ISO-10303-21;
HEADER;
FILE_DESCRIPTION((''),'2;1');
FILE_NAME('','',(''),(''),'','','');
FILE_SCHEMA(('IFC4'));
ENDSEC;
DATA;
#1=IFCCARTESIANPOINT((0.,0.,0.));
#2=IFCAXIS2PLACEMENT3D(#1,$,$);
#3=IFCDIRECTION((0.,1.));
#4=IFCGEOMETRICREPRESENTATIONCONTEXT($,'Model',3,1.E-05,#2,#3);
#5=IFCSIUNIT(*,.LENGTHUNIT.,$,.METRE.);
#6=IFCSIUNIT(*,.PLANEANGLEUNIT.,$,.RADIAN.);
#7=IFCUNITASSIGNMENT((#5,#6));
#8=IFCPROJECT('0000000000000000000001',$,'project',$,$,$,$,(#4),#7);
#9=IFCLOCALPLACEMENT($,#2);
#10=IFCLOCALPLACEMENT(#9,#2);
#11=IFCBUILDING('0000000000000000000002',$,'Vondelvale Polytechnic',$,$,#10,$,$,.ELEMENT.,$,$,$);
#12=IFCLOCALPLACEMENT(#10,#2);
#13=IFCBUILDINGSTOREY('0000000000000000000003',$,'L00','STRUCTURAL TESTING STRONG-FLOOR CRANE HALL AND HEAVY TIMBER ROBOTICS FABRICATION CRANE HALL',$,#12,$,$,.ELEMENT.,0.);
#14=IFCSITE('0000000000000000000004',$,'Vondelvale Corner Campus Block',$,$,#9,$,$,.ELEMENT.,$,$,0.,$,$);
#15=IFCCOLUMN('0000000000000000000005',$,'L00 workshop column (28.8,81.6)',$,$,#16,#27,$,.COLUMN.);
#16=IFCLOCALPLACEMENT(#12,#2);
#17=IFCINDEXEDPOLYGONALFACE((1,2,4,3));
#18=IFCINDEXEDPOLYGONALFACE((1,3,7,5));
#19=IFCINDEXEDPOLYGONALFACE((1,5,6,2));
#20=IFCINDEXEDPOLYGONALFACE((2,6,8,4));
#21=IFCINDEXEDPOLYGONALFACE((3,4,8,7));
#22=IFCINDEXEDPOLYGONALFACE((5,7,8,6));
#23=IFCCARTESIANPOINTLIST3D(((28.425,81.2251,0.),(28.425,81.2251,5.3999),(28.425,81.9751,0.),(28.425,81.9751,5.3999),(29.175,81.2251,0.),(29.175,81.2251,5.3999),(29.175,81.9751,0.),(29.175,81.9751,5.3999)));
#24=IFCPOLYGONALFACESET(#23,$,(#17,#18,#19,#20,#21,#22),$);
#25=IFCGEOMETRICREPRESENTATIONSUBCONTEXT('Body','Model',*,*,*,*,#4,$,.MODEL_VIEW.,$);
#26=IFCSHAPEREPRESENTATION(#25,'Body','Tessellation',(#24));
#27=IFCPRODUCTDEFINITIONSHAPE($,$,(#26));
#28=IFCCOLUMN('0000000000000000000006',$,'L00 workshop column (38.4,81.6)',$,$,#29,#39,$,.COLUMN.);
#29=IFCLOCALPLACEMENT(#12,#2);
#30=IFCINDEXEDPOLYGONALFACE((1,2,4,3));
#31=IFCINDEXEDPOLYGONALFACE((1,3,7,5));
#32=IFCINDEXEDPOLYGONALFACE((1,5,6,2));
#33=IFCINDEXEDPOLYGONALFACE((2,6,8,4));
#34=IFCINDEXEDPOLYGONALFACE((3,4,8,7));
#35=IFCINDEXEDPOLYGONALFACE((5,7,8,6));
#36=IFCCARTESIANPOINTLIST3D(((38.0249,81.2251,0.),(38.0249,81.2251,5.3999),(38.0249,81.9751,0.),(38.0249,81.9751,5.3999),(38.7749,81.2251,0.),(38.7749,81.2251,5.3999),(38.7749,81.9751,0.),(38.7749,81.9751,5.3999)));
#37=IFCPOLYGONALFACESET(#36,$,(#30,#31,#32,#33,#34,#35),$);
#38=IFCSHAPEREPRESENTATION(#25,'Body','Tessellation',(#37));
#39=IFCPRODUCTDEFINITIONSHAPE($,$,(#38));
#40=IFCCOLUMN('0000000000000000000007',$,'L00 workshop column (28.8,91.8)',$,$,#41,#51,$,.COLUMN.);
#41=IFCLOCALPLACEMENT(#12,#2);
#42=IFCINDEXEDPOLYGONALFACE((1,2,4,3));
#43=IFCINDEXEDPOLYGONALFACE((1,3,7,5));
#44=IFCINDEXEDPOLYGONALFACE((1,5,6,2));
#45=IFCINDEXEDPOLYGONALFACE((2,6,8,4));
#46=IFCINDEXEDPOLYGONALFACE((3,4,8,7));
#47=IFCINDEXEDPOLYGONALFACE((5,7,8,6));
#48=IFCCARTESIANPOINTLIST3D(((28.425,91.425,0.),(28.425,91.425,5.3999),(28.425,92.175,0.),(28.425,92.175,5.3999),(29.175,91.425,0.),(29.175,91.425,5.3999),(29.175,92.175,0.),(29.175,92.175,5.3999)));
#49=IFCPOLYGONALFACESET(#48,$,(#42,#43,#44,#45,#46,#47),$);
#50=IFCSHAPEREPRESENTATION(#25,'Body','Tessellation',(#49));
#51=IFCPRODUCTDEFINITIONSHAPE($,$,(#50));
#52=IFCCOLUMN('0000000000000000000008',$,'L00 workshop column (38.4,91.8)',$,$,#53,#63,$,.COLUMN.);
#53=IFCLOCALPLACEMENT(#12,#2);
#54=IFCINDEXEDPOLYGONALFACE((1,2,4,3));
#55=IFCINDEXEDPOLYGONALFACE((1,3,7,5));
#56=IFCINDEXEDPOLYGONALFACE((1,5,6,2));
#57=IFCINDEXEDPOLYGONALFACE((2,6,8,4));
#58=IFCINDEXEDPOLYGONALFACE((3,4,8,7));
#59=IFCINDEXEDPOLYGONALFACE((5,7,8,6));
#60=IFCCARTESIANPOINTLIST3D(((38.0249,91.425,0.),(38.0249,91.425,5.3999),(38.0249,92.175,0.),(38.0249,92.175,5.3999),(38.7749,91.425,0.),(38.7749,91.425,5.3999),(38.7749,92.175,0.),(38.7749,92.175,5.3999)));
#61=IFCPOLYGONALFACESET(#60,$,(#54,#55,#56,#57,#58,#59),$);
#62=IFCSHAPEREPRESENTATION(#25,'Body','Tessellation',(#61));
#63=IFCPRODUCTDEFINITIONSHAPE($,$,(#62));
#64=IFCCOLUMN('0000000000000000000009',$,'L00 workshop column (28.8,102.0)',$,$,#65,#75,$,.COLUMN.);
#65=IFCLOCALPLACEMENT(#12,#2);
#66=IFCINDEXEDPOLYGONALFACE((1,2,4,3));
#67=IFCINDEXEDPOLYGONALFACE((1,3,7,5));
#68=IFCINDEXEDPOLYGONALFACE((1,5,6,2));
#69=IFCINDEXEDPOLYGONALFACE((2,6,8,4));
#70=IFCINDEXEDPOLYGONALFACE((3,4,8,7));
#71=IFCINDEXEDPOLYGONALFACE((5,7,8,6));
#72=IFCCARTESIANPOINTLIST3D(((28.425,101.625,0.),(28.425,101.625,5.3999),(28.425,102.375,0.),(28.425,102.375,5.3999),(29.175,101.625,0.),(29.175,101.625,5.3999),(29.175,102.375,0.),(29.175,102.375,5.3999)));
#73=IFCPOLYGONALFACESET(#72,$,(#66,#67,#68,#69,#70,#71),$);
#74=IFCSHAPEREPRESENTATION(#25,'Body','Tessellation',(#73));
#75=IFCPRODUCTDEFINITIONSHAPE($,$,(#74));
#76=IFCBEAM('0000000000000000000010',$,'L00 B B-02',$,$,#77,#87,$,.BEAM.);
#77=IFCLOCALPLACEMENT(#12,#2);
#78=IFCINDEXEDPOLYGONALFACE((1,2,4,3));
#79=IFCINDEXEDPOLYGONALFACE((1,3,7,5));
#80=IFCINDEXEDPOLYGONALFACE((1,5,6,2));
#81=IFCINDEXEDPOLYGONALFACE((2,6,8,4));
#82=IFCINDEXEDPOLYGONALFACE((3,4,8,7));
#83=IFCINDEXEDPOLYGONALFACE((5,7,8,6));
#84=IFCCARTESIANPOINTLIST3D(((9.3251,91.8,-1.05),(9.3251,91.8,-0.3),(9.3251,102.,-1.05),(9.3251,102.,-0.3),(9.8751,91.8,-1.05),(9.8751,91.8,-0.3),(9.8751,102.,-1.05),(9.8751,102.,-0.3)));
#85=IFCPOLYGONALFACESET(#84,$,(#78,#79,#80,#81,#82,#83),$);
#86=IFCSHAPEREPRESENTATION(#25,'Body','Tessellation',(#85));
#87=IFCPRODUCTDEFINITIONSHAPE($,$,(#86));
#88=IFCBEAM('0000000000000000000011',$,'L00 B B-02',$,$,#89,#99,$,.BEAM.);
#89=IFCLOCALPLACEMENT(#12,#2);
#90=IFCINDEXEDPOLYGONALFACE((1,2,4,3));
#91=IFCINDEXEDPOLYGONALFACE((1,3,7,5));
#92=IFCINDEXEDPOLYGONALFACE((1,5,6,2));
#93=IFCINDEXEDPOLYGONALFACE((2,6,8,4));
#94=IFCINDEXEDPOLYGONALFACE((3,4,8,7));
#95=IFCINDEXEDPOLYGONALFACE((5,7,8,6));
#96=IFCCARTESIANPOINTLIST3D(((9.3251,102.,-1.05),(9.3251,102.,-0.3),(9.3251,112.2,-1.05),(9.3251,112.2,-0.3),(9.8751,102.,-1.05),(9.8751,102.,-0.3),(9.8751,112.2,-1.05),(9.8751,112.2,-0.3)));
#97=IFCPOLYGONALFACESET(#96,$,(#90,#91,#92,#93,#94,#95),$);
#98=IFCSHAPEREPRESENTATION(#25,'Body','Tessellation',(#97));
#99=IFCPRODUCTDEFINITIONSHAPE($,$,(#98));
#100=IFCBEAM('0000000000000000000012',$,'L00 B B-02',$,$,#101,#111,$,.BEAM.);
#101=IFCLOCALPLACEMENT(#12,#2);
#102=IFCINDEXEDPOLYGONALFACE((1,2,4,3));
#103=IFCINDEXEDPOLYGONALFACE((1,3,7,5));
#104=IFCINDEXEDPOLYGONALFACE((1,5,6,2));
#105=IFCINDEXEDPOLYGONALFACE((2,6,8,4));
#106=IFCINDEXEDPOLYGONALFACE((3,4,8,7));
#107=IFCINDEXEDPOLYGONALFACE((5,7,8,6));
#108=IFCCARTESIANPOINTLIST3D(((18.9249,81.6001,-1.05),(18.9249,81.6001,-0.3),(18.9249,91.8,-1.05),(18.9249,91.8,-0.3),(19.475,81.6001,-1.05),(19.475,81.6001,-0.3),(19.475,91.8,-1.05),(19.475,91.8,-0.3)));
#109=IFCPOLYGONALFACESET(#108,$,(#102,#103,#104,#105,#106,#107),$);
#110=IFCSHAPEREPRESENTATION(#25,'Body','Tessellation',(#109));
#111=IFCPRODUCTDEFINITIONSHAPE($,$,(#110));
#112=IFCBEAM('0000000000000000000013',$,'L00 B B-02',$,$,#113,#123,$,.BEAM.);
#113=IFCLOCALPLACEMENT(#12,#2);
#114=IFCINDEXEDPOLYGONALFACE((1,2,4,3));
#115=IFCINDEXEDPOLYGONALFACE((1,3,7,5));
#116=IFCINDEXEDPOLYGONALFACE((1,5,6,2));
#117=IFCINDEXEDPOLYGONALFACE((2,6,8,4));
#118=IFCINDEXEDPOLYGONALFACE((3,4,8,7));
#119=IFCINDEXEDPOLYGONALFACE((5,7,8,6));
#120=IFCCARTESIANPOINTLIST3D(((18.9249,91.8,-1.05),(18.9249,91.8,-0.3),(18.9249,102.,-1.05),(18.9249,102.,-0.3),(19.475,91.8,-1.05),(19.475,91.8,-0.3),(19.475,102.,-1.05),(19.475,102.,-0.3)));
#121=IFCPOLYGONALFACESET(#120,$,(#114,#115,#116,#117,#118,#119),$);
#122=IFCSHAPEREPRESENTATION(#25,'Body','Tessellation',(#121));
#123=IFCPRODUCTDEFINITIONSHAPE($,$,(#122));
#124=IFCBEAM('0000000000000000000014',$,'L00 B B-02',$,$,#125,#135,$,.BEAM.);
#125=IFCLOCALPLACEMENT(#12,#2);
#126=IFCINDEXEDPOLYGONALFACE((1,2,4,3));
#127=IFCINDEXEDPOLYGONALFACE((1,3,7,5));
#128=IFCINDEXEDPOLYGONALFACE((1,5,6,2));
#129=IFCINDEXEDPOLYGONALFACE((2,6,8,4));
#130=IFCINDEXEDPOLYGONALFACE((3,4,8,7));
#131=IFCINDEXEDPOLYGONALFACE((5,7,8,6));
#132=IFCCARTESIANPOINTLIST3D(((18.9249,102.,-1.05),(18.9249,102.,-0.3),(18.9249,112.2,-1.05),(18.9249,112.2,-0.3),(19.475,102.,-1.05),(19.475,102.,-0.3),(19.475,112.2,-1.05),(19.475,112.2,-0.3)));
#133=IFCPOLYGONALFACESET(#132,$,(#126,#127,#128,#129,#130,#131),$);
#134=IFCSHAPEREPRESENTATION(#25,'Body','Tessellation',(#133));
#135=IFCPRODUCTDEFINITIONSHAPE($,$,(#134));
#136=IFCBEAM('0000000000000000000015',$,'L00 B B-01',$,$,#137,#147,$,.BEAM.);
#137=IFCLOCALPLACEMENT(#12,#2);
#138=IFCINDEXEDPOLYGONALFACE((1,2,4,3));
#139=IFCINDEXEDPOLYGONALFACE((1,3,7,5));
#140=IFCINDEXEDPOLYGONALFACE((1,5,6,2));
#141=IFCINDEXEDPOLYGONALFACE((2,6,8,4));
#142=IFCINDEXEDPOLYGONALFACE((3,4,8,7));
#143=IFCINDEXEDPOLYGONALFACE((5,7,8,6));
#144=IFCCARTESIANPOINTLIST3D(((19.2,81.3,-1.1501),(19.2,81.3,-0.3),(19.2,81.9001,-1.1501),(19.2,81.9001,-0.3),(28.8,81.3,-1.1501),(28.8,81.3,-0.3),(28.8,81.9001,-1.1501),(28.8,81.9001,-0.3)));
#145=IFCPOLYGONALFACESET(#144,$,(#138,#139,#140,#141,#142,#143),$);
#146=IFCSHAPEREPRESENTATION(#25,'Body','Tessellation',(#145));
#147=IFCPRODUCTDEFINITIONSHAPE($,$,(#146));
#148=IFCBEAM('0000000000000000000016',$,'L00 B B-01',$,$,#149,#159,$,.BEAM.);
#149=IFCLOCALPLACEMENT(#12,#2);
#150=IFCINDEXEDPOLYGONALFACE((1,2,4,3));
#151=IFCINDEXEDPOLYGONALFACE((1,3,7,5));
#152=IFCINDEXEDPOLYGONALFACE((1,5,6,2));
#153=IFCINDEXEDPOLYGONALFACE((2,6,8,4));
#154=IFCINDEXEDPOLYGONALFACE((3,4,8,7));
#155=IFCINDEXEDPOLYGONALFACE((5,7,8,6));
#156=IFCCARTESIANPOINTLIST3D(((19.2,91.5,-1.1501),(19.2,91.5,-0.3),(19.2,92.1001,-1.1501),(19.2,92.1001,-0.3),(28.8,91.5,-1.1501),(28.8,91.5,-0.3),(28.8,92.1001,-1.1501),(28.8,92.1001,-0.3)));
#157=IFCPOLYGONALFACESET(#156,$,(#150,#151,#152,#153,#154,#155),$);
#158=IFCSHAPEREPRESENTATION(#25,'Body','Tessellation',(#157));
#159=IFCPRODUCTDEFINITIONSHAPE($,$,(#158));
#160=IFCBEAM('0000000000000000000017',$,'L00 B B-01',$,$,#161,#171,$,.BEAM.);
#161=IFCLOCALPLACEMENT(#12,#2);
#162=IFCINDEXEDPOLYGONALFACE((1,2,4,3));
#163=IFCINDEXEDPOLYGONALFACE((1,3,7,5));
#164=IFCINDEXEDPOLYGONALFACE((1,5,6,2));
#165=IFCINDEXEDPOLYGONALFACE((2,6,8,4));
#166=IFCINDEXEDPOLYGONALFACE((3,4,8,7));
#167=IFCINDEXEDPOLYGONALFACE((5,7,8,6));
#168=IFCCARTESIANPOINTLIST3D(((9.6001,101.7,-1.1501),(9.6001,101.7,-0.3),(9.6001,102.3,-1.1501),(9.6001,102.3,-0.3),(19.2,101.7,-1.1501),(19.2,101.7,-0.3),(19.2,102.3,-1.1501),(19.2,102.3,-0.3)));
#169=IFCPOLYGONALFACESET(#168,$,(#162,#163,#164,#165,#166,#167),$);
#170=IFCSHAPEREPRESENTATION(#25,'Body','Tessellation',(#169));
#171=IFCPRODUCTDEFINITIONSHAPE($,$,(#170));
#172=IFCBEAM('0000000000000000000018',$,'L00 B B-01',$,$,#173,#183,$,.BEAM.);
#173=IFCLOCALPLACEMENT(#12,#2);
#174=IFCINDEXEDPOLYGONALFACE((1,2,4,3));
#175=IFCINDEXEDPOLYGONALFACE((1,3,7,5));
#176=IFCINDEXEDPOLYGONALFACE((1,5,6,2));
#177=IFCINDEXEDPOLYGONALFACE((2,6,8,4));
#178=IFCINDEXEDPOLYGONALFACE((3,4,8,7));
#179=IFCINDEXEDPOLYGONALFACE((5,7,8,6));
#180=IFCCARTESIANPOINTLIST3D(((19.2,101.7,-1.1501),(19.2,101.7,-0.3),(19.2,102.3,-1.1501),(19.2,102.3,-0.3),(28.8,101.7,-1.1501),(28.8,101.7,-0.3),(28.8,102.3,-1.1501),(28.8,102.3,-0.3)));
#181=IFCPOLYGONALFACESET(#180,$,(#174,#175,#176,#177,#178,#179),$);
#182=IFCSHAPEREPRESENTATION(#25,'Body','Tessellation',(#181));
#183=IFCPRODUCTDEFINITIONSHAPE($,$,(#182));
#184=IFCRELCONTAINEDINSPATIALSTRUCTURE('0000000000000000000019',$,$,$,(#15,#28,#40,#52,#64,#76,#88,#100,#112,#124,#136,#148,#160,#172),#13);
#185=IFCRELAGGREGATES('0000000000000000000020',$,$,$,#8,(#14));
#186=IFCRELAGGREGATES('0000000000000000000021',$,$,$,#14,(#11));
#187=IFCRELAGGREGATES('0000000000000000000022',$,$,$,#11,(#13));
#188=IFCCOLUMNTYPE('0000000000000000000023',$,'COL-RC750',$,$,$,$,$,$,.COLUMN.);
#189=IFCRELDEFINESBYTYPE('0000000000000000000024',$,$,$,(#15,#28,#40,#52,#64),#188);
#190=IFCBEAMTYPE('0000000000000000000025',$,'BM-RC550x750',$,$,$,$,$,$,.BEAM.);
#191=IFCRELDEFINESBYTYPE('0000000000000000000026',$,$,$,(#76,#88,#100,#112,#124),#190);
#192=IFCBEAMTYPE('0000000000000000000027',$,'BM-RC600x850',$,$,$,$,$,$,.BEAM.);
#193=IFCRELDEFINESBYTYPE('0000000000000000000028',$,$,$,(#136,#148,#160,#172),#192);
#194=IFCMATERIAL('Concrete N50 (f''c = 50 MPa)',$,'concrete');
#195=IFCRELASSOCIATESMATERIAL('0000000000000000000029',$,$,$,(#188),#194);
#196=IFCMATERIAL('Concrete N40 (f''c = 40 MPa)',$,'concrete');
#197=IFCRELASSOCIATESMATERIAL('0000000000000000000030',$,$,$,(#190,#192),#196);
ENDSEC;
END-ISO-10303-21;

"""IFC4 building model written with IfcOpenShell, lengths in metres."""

from ifc_helpers import new_model, si_unit, direction, frame, origin, origin_2d, place, context, subcontext, project, spatial, rectangle, extrude, material, material_profile, profile_set, type_object, element, save


model = new_model("IFC4")

# Units and contexts
model_context = context("Model", 3, precision=1e-05, world=origin(), true_north=direction((0.0, 1.0)))
body_context = subcontext(model_context, "Body", "Model", "MODEL_VIEW")
ifc_project = project(units=[si_unit("LENGTHUNIT", "METRE"), si_unit("PLANEANGLEUNIT", "RADIAN")], contexts=[model_context])

# Site, building, storey
site_placement = place(None, origin())
site = spatial("IfcSite", under=ifc_project, at=site_placement, Name="Vondelvale Corner Campus Block", CompositionType="ELEMENT", RefElevation=0.0)
building_placement = place(site_placement, origin())
building = spatial("IfcBuilding", under=site, at=building_placement, Name="Vondelvale Polytechnic", CompositionType="ELEMENT")
storey_placement = place(building_placement, origin())
storey = spatial("IfcBuildingStorey", under=building, at=storey_placement, Name="L00", Description="STRUCTURAL TESTING STRONG-FLOOR CRANE HALL AND HEAVY TIMBER ROBOTICS FABRICATION CRANE HALL", CompositionType="ELEMENT", Elevation=0.0)

# Columns
ifc_material_1 = material(Name="Concrete N50 (f'c = 50 MPa)", Category="concrete")
ifc_material_profile_1 = material_profile(ifc_material_1, rectangle(XDim=0.75, YDim=0.75, at=origin_2d()), Name="RC-COL-750x750")
ifc_profile_set_1 = profile_set([ifc_material_profile_1], Name="Concrete N50 (f'c = 50 MPa)")
column_type = type_object("IfcColumnType", Name="COL-RC750", PredefinedType="COLUMN", material=ifc_profile_set_1)
for number, where, z_axis, x_axis, name in (
    (1, (28.8, 81.6001, 0.0), (0.0, 0.0, 1.0), (1.0, 0.0, 0.0), "L00 workshop column (28.8,81.6)"),
    (2, (38.3999, 81.6001, 0.0), (0.0, 0.0, 1.0), (1.0, 0.0, 0.0), "L00 workshop column (38.4,81.6)"),
    (3, (28.8, 91.8, 0.0), (0.0, 0.0, 1.0), (1.0, 0.0, 0.0), "L00 workshop column (28.8,91.8)"),
    (4, (38.3999, 91.8, 0.0), (0.0, 0.0, 1.0), (1.0, 0.0, 0.0), "L00 workshop column (38.4,91.8)"),
    (5, (28.8, 102.0, 0.0), (0.0, 0.0, 1.0), (1.0, 0.0, 0.0), "L00 workshop column (28.8,102.0)"),
):
    element("IfcColumn", number, at=place(storey_placement, frame(where, z_axis=z_axis, x_axis=x_axis)), inside=storey, type_object=column_type, Name=name, PredefinedType="COLUMN", context=body_context, shape_type="SweptSolid", body=[
        extrude(rectangle(XDim=0.75, YDim=0.75, at=origin_2d()), origin(), (0.0, 0.0, 1.0), 5.3999),
    ])

# Beams
ifc_material_2 = material(Name="Concrete N40 (f'c = 40 MPa)", Category="concrete")
ifc_material_profile_2 = material_profile(ifc_material_2, rectangle(XDim=0.55, YDim=0.75, at=origin_2d()), Name="RC-BM-550x750")
ifc_profile_set_2 = profile_set([ifc_material_profile_2], Name="Concrete N40 (f'c = 40 MPa)")
beam_type_1 = type_object("IfcBeamType", Name="BM-RC550x750", PredefinedType="BEAM", material=ifc_profile_set_2)
for number, where, z_axis, x_axis, name in (
    (6, (9.6001, 91.8, -0.675), (0.0, 1.0, 0.0), (-1.0, 0.0, 0.0), "L00 B B-02"),
    (7, (9.6001, 102.0, -0.675), (0.0, 1.0, 0.0), (-1.0, 0.0, 0.0), "L00 B B-02"),
    (8, (19.2, 81.6001, -0.675), (0.0, 1.0, 0.0), (-1.0, 0.0, 0.0), "L00 B B-02"),
    (9, (19.2, 91.8, -0.675), (0.0, 1.0, 0.0), (-1.0, 0.0, 0.0), "L00 B B-02"),
    (10, (19.2, 102.0, -0.675), (0.0, 1.0, 0.0), (-1.0, 0.0, 0.0), "L00 B B-02"),
):
    element("IfcBeam", number, at=place(storey_placement, frame(where, z_axis=z_axis, x_axis=x_axis)), inside=storey, type_object=beam_type_1, Name=name, PredefinedType="BEAM", context=body_context, shape_type="SweptSolid", body=[
        extrude(rectangle(XDim=0.55, YDim=0.75, at=origin_2d()), origin(), (0.0, 0.0, 1.0), 10.2),
    ])
ifc_material_profile_3 = material_profile(ifc_material_2, rectangle(XDim=0.6001, YDim=0.8501, at=origin_2d()), Name="RC-BM-600x850")
ifc_profile_set_3 = profile_set([ifc_material_profile_3], Name="Concrete N40 (f'c = 40 MPa)")
beam_type_2 = type_object("IfcBeamType", Name="BM-RC600x850", PredefinedType="BEAM", material=ifc_profile_set_3)
for number, where, z_axis, x_axis, name in (
    (11, (19.2, 81.6001, -0.7251), (1.0, 0.0, 0.0), (0.0, 1.0, 0.0), "L00 B B-01"),
    (12, (19.2, 91.8, -0.7251), (1.0, 0.0, 0.0), (0.0, 1.0, 0.0), "L00 B B-01"),
):
    element("IfcBeam", number, at=place(storey_placement, frame(where, z_axis=z_axis, x_axis=x_axis)), inside=storey, type_object=beam_type_2, Name=name, PredefinedType="BEAM", context=body_context, shape_type="SweptSolid", body=[
        extrude(rectangle(XDim=0.6001, YDim=0.8501, at=origin_2d()), origin(), (0.0, 0.0, 1.0), 9.6001),
    ])
beam_1_placement = place(storey_placement, frame((9.6001, 102.0, -0.7251), z_axis=(1.0, 0.0, 0.0), x_axis=(0.0, 1.0, 0.0)))
element("IfcBeam", 13, at=beam_1_placement, inside=storey, type_object=beam_type_2, Name="L00 B B-01", PredefinedType="BEAM", context=body_context, shape_type="SweptSolid", body=[
    extrude(rectangle(XDim=0.6001, YDim=0.8501, at=origin_2d()), origin(), (0.0, 0.0, 1.0), 9.5999),
])
beam_2_placement = place(storey_placement, frame((19.2, 102.0, -0.7251), z_axis=(1.0, 0.0, 0.0), x_axis=(0.0, 1.0, 0.0)))
element("IfcBeam", 14, at=beam_2_placement, inside=storey, type_object=beam_type_2, Name="L00 B B-01", PredefinedType="BEAM", context=body_context, shape_type="SweptSolid", body=[
    extrude(rectangle(XDim=0.6001, YDim=0.8501, at=origin_2d()), origin(), (0.0, 0.0, 1.0), 9.6001),
])

save(model, "model.ifc")
